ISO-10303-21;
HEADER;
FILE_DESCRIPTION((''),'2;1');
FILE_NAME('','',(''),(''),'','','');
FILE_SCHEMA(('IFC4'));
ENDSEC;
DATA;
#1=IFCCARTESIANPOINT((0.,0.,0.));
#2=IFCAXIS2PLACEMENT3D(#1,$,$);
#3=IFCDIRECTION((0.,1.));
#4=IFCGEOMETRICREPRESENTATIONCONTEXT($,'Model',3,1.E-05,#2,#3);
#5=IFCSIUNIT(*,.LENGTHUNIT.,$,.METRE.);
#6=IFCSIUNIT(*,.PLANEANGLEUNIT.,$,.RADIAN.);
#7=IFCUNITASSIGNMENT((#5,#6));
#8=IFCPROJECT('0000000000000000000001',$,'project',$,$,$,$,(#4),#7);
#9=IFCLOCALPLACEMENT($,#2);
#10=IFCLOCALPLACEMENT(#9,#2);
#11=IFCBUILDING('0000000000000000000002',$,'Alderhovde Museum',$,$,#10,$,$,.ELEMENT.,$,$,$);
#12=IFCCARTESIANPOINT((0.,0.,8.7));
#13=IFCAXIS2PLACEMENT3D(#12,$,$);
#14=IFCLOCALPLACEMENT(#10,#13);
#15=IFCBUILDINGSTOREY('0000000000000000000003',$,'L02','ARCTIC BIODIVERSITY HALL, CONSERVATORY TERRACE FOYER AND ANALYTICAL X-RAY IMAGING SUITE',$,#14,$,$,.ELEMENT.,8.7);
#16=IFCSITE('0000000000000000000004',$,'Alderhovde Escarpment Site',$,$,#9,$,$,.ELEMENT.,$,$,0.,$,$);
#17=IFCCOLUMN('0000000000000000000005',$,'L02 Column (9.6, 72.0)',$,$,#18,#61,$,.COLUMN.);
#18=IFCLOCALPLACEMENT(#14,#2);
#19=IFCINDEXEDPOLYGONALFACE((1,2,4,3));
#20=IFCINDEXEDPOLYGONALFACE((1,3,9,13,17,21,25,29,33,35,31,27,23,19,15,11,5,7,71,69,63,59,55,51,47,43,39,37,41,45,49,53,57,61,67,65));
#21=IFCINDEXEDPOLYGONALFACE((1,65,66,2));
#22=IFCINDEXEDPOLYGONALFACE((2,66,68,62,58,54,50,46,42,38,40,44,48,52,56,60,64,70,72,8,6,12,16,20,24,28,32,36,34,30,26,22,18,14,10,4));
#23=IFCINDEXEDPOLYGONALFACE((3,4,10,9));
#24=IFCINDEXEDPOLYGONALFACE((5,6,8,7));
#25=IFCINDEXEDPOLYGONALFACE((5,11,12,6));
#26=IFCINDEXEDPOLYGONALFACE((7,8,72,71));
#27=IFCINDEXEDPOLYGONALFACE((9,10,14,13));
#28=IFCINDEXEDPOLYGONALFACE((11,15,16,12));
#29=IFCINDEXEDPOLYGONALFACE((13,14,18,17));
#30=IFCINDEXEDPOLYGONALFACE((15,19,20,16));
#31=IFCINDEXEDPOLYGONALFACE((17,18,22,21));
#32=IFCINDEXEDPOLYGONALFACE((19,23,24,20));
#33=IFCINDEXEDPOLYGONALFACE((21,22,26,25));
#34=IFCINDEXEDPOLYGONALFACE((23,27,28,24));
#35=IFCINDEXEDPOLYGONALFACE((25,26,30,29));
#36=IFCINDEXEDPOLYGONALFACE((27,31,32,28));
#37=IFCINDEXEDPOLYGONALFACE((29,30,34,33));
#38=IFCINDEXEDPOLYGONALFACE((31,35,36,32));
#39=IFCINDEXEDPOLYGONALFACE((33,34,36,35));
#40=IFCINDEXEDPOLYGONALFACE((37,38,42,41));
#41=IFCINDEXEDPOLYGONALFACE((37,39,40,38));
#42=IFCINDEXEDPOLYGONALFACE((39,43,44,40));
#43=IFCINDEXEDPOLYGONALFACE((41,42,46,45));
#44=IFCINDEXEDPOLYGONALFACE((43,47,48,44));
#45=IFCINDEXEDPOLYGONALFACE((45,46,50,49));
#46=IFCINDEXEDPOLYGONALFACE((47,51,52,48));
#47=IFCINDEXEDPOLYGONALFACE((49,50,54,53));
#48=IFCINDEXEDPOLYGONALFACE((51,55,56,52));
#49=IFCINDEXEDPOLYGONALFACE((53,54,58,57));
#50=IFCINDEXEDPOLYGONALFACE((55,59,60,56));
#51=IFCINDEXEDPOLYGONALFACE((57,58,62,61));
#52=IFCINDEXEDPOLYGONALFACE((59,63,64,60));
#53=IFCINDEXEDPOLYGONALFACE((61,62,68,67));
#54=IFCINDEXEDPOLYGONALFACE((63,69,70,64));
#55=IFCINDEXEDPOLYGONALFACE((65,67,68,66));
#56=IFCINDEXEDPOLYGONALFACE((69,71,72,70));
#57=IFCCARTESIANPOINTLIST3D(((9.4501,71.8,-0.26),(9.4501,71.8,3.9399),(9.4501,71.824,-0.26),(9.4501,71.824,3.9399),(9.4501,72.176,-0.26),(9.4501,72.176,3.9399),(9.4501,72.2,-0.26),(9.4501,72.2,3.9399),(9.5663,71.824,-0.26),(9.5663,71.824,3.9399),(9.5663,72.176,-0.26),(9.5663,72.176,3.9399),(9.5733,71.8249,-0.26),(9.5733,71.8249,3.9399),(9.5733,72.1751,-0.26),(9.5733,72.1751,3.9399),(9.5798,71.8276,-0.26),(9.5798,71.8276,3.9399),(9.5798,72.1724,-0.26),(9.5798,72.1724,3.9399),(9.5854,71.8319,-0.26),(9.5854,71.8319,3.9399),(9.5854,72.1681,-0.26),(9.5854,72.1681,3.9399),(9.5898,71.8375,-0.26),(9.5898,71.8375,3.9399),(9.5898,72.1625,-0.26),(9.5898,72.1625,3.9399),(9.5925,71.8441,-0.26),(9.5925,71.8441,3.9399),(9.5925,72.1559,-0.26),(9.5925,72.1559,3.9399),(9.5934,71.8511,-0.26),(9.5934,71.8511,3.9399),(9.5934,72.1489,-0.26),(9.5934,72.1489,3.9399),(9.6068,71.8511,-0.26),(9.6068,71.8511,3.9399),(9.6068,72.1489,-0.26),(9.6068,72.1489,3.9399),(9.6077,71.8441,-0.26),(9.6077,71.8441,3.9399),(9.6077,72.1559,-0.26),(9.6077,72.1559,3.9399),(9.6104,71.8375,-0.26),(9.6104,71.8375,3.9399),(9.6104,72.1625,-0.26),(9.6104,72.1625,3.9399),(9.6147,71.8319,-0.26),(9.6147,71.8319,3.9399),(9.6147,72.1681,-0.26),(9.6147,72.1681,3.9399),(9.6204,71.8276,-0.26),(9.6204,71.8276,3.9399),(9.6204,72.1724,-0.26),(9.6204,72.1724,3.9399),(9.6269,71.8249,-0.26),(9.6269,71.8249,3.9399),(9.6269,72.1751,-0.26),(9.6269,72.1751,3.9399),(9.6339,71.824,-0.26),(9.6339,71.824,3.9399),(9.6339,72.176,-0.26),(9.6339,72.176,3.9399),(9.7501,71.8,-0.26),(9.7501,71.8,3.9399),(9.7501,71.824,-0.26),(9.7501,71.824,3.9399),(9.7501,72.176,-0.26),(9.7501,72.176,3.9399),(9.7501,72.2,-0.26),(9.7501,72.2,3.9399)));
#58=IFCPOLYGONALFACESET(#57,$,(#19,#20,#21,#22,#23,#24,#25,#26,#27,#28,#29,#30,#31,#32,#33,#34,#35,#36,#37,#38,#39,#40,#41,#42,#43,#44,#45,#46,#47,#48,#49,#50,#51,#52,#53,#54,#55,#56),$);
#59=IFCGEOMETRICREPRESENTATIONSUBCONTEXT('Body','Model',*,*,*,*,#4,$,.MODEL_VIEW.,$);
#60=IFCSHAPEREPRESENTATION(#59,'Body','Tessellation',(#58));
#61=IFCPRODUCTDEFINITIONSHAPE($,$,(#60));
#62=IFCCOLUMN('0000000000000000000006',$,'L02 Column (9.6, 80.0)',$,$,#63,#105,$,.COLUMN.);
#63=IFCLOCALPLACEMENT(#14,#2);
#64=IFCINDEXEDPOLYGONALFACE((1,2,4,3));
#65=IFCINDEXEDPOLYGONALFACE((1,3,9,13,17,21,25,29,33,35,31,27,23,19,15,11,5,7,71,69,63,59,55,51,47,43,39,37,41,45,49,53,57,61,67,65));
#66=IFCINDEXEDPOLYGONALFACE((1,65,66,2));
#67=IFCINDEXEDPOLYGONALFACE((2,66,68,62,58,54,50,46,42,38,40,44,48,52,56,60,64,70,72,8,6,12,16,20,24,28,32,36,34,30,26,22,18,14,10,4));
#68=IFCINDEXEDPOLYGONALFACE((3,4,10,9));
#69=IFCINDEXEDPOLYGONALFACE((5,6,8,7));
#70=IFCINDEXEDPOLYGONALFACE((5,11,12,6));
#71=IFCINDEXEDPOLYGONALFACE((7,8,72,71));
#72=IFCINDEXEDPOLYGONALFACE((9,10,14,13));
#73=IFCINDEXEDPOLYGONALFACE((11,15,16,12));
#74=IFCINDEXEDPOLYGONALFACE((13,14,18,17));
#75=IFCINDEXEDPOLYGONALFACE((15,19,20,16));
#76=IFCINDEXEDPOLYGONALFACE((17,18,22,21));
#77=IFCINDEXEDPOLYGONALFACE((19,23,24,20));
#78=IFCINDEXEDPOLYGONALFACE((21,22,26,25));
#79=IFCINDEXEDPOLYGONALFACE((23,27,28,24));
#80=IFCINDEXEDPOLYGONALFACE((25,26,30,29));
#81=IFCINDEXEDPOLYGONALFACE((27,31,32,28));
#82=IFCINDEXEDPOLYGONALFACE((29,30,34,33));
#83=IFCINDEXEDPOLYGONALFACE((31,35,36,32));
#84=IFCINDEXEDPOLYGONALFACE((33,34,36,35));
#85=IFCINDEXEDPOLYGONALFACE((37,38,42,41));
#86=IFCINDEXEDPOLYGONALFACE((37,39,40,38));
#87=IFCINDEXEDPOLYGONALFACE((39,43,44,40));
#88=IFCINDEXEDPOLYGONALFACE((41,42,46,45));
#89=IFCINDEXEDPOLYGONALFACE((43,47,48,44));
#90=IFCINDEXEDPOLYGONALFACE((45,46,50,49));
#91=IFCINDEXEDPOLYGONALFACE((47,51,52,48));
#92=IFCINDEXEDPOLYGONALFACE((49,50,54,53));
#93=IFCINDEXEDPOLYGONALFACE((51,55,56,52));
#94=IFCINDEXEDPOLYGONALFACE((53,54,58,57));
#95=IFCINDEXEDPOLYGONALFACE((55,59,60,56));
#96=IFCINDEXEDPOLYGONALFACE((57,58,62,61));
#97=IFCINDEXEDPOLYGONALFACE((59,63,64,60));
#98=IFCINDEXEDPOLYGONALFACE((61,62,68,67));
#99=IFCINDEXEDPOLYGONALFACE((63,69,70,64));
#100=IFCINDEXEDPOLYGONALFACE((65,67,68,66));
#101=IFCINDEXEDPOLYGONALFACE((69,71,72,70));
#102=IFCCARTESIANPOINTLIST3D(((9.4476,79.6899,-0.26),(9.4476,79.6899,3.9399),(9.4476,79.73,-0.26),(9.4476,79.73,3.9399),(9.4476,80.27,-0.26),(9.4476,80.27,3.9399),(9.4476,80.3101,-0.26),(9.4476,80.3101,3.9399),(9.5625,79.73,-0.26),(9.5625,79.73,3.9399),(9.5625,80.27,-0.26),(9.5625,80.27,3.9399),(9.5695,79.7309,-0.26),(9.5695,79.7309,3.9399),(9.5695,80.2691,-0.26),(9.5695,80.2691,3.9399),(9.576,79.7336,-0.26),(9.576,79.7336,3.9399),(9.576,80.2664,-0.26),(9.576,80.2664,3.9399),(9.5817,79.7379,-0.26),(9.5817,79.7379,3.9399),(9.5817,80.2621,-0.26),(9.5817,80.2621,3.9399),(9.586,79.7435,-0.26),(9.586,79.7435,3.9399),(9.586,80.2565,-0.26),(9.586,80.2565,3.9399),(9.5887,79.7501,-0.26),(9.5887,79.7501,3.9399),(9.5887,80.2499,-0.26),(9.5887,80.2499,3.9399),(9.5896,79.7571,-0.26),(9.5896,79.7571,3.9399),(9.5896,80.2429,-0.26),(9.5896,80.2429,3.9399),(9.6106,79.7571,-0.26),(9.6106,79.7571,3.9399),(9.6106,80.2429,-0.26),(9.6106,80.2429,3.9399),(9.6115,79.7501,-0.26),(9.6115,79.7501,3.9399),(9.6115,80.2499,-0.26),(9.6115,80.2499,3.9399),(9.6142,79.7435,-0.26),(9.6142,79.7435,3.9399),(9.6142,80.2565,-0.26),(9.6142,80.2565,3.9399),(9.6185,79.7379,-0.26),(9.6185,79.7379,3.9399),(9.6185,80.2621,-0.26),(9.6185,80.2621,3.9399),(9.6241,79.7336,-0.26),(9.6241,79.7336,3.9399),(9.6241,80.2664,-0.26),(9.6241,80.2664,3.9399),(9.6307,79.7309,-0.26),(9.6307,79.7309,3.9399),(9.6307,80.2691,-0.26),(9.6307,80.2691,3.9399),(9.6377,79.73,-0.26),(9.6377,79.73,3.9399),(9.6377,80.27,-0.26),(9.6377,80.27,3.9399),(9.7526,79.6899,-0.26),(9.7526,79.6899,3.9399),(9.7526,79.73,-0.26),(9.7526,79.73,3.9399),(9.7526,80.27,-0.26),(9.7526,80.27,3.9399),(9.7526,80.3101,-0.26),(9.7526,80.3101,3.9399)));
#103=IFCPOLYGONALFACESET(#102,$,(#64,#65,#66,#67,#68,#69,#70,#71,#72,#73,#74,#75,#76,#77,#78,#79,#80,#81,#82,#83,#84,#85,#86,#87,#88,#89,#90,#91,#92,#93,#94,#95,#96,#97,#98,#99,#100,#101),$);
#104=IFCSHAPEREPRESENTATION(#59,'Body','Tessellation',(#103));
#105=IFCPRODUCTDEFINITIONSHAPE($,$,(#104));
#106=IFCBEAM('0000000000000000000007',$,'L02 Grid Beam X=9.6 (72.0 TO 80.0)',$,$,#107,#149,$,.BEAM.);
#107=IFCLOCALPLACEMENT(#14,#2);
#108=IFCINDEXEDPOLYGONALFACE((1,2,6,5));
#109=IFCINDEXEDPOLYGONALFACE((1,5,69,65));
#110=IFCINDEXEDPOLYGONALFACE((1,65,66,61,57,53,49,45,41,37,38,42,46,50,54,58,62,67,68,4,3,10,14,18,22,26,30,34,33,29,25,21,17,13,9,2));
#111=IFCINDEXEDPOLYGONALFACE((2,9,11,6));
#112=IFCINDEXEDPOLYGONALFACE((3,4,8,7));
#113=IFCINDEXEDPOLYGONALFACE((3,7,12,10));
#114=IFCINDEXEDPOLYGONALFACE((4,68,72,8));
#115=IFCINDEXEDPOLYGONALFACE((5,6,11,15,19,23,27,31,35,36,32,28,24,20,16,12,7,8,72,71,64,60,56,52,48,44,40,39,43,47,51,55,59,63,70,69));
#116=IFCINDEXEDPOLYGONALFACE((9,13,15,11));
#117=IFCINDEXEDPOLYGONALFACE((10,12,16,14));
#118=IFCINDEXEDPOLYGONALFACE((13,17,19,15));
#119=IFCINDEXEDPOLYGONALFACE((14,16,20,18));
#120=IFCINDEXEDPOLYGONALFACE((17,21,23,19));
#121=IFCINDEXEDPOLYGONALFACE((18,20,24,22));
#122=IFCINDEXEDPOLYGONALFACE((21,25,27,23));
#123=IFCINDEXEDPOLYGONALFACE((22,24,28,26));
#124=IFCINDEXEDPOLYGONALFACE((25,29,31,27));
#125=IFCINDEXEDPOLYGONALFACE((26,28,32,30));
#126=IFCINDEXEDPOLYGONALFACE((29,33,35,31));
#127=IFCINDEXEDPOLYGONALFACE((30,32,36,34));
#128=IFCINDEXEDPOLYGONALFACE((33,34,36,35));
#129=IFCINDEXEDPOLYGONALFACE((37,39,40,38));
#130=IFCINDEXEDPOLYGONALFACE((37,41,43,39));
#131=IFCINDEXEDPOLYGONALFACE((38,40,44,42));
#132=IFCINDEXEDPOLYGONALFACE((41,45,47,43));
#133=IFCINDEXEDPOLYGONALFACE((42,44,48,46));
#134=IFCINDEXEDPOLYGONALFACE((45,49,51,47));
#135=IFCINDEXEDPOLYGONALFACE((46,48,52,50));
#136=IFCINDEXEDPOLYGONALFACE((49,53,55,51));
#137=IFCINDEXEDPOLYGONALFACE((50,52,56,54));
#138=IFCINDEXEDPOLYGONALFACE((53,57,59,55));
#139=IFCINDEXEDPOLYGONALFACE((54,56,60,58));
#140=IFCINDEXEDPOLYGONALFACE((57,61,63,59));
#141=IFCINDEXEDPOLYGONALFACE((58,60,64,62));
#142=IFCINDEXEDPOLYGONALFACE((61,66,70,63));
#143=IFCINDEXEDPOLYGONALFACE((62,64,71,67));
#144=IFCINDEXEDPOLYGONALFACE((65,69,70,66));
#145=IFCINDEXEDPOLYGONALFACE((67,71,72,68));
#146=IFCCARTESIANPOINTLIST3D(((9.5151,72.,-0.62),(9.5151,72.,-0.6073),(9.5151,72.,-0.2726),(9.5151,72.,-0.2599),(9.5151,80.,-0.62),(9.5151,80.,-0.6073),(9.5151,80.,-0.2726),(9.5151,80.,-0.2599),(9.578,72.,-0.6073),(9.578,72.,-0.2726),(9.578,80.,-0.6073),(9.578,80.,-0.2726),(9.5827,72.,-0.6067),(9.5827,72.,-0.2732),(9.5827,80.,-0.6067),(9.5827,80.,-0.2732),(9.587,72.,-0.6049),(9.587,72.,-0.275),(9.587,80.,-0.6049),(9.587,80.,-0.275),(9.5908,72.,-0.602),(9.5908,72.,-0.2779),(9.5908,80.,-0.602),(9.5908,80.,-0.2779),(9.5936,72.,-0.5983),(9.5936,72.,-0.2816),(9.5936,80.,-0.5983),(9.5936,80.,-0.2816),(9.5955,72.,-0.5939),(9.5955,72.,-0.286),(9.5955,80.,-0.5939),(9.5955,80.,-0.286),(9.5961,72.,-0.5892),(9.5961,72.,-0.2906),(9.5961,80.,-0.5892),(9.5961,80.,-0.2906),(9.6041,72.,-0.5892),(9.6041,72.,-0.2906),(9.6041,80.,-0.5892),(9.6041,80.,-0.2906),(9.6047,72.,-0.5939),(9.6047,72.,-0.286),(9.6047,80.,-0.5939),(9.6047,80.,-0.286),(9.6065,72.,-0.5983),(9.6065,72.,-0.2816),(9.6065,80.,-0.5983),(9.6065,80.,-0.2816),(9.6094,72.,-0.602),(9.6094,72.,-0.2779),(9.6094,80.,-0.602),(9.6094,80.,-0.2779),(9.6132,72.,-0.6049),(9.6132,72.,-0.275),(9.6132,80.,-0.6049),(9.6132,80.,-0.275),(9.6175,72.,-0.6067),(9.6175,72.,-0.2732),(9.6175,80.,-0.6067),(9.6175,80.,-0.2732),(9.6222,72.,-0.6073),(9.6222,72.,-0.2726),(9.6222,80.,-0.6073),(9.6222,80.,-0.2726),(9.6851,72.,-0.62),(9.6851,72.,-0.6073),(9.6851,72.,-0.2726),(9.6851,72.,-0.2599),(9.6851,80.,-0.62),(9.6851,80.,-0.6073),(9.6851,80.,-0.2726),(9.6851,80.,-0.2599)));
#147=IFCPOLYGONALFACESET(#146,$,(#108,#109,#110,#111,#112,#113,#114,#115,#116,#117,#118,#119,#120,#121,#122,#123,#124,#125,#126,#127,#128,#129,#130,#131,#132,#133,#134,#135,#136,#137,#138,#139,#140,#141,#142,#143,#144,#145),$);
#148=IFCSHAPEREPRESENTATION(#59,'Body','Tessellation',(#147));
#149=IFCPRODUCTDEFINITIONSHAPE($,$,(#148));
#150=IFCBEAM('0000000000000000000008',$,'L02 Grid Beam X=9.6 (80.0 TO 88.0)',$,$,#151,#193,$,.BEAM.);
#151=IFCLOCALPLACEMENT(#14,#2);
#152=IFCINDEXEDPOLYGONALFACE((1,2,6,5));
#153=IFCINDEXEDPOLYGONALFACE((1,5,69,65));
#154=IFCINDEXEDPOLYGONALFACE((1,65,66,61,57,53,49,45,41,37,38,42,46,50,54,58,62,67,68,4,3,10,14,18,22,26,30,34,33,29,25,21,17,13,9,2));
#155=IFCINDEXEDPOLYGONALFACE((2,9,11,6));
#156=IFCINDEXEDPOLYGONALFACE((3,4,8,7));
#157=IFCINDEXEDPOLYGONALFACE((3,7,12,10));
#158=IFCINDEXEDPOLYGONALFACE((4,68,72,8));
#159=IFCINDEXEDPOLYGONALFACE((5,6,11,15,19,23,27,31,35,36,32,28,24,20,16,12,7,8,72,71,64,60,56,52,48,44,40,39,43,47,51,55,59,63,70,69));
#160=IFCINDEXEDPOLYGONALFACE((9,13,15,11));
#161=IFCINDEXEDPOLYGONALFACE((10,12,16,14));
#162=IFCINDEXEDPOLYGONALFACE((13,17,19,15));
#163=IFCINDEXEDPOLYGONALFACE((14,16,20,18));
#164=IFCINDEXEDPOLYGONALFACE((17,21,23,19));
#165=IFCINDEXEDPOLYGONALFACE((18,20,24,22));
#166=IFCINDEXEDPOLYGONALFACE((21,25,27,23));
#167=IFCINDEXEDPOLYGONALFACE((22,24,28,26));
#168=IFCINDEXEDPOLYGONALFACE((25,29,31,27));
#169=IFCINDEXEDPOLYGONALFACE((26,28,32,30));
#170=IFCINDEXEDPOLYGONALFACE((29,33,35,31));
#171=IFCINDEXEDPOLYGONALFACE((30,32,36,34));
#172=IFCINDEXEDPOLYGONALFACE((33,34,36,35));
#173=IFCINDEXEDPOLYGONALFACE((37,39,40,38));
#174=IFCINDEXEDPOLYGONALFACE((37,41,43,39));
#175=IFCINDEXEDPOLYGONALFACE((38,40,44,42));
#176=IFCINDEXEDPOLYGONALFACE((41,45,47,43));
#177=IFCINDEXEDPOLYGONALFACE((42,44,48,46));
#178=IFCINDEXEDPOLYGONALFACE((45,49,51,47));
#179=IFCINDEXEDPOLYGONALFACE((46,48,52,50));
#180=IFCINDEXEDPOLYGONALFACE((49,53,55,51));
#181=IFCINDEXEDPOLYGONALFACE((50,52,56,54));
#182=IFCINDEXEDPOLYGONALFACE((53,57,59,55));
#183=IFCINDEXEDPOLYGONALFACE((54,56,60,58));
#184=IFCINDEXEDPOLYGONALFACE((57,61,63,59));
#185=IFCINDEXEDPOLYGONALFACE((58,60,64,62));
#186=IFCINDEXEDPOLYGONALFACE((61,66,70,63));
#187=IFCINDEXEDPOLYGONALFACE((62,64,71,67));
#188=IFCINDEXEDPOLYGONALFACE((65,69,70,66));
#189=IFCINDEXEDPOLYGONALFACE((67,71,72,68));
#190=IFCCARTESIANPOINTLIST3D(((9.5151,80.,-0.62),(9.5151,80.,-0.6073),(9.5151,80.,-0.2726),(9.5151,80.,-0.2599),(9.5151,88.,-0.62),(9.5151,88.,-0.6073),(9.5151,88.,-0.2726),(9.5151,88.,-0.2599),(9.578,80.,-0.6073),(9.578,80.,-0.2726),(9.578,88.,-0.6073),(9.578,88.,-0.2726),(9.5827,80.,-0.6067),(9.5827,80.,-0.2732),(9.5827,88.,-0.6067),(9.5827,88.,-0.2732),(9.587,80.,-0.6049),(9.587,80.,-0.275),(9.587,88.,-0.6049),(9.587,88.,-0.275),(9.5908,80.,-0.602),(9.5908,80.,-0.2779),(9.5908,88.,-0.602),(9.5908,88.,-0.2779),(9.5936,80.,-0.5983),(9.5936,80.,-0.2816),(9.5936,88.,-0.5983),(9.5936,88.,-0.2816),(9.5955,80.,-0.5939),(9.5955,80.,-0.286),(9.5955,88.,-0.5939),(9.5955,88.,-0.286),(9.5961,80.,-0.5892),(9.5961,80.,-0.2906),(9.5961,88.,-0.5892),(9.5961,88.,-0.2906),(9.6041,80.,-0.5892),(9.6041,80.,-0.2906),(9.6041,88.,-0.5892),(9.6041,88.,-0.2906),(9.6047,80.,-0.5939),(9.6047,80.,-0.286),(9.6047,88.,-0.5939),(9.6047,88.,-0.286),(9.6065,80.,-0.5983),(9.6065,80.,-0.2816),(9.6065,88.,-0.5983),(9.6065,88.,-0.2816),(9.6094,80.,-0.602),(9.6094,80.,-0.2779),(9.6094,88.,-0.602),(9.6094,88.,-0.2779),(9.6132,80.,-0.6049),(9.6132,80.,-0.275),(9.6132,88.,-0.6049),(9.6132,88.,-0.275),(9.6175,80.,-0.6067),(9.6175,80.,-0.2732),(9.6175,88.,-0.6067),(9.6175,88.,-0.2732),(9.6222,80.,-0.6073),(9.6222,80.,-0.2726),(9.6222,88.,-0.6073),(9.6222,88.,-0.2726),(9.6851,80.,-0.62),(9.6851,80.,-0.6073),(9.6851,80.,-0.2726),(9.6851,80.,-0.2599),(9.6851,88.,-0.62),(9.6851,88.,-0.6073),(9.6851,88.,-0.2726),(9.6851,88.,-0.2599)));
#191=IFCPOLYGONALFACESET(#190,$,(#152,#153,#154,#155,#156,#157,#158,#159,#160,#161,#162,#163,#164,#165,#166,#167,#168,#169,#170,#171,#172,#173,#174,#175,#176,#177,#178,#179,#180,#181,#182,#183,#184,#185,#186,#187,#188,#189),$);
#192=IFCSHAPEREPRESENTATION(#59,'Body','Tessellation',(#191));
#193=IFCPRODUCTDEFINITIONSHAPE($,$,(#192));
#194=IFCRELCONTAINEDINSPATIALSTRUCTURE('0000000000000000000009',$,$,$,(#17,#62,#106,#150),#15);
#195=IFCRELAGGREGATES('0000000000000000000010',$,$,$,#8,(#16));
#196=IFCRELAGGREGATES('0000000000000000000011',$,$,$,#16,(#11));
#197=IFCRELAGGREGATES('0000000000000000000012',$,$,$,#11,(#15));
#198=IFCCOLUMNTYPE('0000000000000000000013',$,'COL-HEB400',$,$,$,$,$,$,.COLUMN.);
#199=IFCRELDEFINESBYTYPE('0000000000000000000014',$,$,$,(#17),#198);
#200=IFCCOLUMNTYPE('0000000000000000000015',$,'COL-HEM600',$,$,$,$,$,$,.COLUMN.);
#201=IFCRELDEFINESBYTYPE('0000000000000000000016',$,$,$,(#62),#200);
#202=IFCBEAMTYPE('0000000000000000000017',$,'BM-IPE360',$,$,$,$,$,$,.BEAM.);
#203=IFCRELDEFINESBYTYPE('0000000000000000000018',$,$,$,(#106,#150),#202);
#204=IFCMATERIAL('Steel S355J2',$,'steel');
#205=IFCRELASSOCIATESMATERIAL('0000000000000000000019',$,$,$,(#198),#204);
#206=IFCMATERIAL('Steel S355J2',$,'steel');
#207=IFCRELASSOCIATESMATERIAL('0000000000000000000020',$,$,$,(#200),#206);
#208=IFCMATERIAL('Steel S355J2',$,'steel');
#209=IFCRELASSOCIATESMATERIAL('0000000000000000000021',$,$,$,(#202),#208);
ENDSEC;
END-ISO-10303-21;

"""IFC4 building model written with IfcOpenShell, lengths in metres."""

from ifc_helpers import new_model, si_unit, direction, frame, origin, origin_2d, place, context, subcontext, project, spatial, i_section, extrude, material, material_profile, profile_set, type_object, element, save


model = new_model("IFC4")

# Units and contexts
model_context = context("Model", 3, precision=1e-05, world=origin(), true_north=direction((0.0, 1.0)))
body_context = subcontext(model_context, "Body", "Model", "MODEL_VIEW")
ifc_project = project(units=[si_unit("LENGTHUNIT", "METRE"), si_unit("PLANEANGLEUNIT", "RADIAN")], contexts=[model_context])

# Site, building, storey
site_placement = place(None, origin())
site = spatial("IfcSite", under=ifc_project, at=site_placement, Name="Alderhovde Escarpment Site", CompositionType="ELEMENT", RefElevation=0.0)
building_placement = place(site_placement, origin())
building = spatial("IfcBuilding", under=site, at=building_placement, Name="Alderhovde Museum", CompositionType="ELEMENT")
storey_placement = place(building_placement, frame((0.0, 0.0, 8.7)))
storey = spatial("IfcBuildingStorey", under=building, at=storey_placement, Name="L02", Description="ARCTIC BIODIVERSITY HALL, CONSERVATORY TERRACE FOYER AND ANALYTICAL X-RAY IMAGING SUITE", CompositionType="ELEMENT", Elevation=8.7)

# Columns
ifc_material_1 = material(Name="Steel S355J2", Category="steel")
ifc_material_profile_1 = material_profile(ifc_material_1, i_section(OverallWidth=0.3, OverallDepth=0.3999, WebThickness=0.0134, FlangeThickness=0.0239, FilletRadius=0.0271, at=origin_2d()), Name="HEB 400")
ifc_profile_set_1 = profile_set([ifc_material_profile_1], Name="Steel S355J2")
column_type_1 = type_object("IfcColumnType", Name="COL-HEB400", PredefinedType="COLUMN", material=ifc_profile_set_1)
column_1_placement = place(storey_placement, frame((9.6001, 72.0, -0.26), z_axis=(0.0, 0.0, 1.0), x_axis=(1.0, 0.0, 0.0)))
element("IfcColumn", 1, at=column_1_placement, inside=storey, type_object=column_type_1, Name="L02 Column (9.6, 72.0)", PredefinedType="COLUMN", context=body_context, shape_type="SweptSolid", body=[
    extrude(i_section(OverallWidth=0.3, OverallDepth=0.3999, WebThickness=0.0134, FlangeThickness=0.0239, FilletRadius=0.0271, at=origin_2d()), origin(), (0.0, 0.0, 1.0), 4.2),
])
ifc_material_2 = material(Name="Steel S355J2", Category="steel")
ifc_material_profile_2 = material_profile(ifc_material_2, i_section(OverallWidth=0.3049, OverallDepth=0.6201, WebThickness=0.021, FlangeThickness=0.04, FilletRadius=0.0271, at=origin_2d()), Name="HEM 600")
ifc_profile_set_2 = profile_set([ifc_material_profile_2], Name="Steel S355J2")
column_type_2 = type_object("IfcColumnType", Name="COL-HEM600", PredefinedType="COLUMN", material=ifc_profile_set_2)
column_2_placement = place(storey_placement, frame((9.6001, 80.0, -0.26), z_axis=(0.0, 0.0, 1.0), x_axis=(1.0, 0.0, 0.0)))
element("IfcColumn", 2, at=column_2_placement, inside=storey, type_object=column_type_2, Name="L02 Column (9.6, 80.0)", PredefinedType="COLUMN", context=body_context, shape_type="SweptSolid", body=[
    extrude(i_section(OverallWidth=0.3049, OverallDepth=0.6201, WebThickness=0.021, FlangeThickness=0.04, FilletRadius=0.0271, at=origin_2d()), origin(), (0.0, 0.0, 1.0), 4.2),
])

# Beams
ifc_material_3 = material(Name="Steel S355J2", Category="steel")
ifc_material_profile_3 = material_profile(ifc_material_3, i_section(OverallWidth=0.1699, OverallDepth=0.3601, WebThickness=0.0081, FlangeThickness=0.0127, FilletRadius=0.0181, at=origin_2d()), Name="IPE 360")
ifc_profile_set_3 = profile_set([ifc_material_profile_3], Name="Steel S355J2")
beam_type_1 = type_object("IfcBeamType", Name="BM-IPE360", PredefinedType="BEAM", material=ifc_profile_set_3)
for number, where, z_axis, x_axis, name in (
    (3, (9.6001, 72.0, -0.4399), (0.0, 1.0, 0.0), (-1.0, 0.0, 0.0), "L02 Grid Beam X=9.6 (72.0 TO 80.0)"),
    (4, (9.6001, 80.0, -0.4399), (0.0, 1.0, 0.0), (-1.0, 0.0, 0.0), "L02 Grid Beam X=9.6 (80.0 TO 88.0)"),
):
    element("IfcBeam", number, at=place(storey_placement, frame(where, z_axis=z_axis, x_axis=x_axis)), inside=storey, type_object=beam_type_1, Name=name, PredefinedType="BEAM", context=body_context, shape_type="SweptSolid", body=[
        extrude(i_section(OverallWidth=0.1699, OverallDepth=0.3601, WebThickness=0.0081, FlangeThickness=0.0127, FilletRadius=0.0181, at=origin_2d()), origin(), (0.0, 0.0, 1.0), 8.0),
    ])

save(model, "model.ifc")
